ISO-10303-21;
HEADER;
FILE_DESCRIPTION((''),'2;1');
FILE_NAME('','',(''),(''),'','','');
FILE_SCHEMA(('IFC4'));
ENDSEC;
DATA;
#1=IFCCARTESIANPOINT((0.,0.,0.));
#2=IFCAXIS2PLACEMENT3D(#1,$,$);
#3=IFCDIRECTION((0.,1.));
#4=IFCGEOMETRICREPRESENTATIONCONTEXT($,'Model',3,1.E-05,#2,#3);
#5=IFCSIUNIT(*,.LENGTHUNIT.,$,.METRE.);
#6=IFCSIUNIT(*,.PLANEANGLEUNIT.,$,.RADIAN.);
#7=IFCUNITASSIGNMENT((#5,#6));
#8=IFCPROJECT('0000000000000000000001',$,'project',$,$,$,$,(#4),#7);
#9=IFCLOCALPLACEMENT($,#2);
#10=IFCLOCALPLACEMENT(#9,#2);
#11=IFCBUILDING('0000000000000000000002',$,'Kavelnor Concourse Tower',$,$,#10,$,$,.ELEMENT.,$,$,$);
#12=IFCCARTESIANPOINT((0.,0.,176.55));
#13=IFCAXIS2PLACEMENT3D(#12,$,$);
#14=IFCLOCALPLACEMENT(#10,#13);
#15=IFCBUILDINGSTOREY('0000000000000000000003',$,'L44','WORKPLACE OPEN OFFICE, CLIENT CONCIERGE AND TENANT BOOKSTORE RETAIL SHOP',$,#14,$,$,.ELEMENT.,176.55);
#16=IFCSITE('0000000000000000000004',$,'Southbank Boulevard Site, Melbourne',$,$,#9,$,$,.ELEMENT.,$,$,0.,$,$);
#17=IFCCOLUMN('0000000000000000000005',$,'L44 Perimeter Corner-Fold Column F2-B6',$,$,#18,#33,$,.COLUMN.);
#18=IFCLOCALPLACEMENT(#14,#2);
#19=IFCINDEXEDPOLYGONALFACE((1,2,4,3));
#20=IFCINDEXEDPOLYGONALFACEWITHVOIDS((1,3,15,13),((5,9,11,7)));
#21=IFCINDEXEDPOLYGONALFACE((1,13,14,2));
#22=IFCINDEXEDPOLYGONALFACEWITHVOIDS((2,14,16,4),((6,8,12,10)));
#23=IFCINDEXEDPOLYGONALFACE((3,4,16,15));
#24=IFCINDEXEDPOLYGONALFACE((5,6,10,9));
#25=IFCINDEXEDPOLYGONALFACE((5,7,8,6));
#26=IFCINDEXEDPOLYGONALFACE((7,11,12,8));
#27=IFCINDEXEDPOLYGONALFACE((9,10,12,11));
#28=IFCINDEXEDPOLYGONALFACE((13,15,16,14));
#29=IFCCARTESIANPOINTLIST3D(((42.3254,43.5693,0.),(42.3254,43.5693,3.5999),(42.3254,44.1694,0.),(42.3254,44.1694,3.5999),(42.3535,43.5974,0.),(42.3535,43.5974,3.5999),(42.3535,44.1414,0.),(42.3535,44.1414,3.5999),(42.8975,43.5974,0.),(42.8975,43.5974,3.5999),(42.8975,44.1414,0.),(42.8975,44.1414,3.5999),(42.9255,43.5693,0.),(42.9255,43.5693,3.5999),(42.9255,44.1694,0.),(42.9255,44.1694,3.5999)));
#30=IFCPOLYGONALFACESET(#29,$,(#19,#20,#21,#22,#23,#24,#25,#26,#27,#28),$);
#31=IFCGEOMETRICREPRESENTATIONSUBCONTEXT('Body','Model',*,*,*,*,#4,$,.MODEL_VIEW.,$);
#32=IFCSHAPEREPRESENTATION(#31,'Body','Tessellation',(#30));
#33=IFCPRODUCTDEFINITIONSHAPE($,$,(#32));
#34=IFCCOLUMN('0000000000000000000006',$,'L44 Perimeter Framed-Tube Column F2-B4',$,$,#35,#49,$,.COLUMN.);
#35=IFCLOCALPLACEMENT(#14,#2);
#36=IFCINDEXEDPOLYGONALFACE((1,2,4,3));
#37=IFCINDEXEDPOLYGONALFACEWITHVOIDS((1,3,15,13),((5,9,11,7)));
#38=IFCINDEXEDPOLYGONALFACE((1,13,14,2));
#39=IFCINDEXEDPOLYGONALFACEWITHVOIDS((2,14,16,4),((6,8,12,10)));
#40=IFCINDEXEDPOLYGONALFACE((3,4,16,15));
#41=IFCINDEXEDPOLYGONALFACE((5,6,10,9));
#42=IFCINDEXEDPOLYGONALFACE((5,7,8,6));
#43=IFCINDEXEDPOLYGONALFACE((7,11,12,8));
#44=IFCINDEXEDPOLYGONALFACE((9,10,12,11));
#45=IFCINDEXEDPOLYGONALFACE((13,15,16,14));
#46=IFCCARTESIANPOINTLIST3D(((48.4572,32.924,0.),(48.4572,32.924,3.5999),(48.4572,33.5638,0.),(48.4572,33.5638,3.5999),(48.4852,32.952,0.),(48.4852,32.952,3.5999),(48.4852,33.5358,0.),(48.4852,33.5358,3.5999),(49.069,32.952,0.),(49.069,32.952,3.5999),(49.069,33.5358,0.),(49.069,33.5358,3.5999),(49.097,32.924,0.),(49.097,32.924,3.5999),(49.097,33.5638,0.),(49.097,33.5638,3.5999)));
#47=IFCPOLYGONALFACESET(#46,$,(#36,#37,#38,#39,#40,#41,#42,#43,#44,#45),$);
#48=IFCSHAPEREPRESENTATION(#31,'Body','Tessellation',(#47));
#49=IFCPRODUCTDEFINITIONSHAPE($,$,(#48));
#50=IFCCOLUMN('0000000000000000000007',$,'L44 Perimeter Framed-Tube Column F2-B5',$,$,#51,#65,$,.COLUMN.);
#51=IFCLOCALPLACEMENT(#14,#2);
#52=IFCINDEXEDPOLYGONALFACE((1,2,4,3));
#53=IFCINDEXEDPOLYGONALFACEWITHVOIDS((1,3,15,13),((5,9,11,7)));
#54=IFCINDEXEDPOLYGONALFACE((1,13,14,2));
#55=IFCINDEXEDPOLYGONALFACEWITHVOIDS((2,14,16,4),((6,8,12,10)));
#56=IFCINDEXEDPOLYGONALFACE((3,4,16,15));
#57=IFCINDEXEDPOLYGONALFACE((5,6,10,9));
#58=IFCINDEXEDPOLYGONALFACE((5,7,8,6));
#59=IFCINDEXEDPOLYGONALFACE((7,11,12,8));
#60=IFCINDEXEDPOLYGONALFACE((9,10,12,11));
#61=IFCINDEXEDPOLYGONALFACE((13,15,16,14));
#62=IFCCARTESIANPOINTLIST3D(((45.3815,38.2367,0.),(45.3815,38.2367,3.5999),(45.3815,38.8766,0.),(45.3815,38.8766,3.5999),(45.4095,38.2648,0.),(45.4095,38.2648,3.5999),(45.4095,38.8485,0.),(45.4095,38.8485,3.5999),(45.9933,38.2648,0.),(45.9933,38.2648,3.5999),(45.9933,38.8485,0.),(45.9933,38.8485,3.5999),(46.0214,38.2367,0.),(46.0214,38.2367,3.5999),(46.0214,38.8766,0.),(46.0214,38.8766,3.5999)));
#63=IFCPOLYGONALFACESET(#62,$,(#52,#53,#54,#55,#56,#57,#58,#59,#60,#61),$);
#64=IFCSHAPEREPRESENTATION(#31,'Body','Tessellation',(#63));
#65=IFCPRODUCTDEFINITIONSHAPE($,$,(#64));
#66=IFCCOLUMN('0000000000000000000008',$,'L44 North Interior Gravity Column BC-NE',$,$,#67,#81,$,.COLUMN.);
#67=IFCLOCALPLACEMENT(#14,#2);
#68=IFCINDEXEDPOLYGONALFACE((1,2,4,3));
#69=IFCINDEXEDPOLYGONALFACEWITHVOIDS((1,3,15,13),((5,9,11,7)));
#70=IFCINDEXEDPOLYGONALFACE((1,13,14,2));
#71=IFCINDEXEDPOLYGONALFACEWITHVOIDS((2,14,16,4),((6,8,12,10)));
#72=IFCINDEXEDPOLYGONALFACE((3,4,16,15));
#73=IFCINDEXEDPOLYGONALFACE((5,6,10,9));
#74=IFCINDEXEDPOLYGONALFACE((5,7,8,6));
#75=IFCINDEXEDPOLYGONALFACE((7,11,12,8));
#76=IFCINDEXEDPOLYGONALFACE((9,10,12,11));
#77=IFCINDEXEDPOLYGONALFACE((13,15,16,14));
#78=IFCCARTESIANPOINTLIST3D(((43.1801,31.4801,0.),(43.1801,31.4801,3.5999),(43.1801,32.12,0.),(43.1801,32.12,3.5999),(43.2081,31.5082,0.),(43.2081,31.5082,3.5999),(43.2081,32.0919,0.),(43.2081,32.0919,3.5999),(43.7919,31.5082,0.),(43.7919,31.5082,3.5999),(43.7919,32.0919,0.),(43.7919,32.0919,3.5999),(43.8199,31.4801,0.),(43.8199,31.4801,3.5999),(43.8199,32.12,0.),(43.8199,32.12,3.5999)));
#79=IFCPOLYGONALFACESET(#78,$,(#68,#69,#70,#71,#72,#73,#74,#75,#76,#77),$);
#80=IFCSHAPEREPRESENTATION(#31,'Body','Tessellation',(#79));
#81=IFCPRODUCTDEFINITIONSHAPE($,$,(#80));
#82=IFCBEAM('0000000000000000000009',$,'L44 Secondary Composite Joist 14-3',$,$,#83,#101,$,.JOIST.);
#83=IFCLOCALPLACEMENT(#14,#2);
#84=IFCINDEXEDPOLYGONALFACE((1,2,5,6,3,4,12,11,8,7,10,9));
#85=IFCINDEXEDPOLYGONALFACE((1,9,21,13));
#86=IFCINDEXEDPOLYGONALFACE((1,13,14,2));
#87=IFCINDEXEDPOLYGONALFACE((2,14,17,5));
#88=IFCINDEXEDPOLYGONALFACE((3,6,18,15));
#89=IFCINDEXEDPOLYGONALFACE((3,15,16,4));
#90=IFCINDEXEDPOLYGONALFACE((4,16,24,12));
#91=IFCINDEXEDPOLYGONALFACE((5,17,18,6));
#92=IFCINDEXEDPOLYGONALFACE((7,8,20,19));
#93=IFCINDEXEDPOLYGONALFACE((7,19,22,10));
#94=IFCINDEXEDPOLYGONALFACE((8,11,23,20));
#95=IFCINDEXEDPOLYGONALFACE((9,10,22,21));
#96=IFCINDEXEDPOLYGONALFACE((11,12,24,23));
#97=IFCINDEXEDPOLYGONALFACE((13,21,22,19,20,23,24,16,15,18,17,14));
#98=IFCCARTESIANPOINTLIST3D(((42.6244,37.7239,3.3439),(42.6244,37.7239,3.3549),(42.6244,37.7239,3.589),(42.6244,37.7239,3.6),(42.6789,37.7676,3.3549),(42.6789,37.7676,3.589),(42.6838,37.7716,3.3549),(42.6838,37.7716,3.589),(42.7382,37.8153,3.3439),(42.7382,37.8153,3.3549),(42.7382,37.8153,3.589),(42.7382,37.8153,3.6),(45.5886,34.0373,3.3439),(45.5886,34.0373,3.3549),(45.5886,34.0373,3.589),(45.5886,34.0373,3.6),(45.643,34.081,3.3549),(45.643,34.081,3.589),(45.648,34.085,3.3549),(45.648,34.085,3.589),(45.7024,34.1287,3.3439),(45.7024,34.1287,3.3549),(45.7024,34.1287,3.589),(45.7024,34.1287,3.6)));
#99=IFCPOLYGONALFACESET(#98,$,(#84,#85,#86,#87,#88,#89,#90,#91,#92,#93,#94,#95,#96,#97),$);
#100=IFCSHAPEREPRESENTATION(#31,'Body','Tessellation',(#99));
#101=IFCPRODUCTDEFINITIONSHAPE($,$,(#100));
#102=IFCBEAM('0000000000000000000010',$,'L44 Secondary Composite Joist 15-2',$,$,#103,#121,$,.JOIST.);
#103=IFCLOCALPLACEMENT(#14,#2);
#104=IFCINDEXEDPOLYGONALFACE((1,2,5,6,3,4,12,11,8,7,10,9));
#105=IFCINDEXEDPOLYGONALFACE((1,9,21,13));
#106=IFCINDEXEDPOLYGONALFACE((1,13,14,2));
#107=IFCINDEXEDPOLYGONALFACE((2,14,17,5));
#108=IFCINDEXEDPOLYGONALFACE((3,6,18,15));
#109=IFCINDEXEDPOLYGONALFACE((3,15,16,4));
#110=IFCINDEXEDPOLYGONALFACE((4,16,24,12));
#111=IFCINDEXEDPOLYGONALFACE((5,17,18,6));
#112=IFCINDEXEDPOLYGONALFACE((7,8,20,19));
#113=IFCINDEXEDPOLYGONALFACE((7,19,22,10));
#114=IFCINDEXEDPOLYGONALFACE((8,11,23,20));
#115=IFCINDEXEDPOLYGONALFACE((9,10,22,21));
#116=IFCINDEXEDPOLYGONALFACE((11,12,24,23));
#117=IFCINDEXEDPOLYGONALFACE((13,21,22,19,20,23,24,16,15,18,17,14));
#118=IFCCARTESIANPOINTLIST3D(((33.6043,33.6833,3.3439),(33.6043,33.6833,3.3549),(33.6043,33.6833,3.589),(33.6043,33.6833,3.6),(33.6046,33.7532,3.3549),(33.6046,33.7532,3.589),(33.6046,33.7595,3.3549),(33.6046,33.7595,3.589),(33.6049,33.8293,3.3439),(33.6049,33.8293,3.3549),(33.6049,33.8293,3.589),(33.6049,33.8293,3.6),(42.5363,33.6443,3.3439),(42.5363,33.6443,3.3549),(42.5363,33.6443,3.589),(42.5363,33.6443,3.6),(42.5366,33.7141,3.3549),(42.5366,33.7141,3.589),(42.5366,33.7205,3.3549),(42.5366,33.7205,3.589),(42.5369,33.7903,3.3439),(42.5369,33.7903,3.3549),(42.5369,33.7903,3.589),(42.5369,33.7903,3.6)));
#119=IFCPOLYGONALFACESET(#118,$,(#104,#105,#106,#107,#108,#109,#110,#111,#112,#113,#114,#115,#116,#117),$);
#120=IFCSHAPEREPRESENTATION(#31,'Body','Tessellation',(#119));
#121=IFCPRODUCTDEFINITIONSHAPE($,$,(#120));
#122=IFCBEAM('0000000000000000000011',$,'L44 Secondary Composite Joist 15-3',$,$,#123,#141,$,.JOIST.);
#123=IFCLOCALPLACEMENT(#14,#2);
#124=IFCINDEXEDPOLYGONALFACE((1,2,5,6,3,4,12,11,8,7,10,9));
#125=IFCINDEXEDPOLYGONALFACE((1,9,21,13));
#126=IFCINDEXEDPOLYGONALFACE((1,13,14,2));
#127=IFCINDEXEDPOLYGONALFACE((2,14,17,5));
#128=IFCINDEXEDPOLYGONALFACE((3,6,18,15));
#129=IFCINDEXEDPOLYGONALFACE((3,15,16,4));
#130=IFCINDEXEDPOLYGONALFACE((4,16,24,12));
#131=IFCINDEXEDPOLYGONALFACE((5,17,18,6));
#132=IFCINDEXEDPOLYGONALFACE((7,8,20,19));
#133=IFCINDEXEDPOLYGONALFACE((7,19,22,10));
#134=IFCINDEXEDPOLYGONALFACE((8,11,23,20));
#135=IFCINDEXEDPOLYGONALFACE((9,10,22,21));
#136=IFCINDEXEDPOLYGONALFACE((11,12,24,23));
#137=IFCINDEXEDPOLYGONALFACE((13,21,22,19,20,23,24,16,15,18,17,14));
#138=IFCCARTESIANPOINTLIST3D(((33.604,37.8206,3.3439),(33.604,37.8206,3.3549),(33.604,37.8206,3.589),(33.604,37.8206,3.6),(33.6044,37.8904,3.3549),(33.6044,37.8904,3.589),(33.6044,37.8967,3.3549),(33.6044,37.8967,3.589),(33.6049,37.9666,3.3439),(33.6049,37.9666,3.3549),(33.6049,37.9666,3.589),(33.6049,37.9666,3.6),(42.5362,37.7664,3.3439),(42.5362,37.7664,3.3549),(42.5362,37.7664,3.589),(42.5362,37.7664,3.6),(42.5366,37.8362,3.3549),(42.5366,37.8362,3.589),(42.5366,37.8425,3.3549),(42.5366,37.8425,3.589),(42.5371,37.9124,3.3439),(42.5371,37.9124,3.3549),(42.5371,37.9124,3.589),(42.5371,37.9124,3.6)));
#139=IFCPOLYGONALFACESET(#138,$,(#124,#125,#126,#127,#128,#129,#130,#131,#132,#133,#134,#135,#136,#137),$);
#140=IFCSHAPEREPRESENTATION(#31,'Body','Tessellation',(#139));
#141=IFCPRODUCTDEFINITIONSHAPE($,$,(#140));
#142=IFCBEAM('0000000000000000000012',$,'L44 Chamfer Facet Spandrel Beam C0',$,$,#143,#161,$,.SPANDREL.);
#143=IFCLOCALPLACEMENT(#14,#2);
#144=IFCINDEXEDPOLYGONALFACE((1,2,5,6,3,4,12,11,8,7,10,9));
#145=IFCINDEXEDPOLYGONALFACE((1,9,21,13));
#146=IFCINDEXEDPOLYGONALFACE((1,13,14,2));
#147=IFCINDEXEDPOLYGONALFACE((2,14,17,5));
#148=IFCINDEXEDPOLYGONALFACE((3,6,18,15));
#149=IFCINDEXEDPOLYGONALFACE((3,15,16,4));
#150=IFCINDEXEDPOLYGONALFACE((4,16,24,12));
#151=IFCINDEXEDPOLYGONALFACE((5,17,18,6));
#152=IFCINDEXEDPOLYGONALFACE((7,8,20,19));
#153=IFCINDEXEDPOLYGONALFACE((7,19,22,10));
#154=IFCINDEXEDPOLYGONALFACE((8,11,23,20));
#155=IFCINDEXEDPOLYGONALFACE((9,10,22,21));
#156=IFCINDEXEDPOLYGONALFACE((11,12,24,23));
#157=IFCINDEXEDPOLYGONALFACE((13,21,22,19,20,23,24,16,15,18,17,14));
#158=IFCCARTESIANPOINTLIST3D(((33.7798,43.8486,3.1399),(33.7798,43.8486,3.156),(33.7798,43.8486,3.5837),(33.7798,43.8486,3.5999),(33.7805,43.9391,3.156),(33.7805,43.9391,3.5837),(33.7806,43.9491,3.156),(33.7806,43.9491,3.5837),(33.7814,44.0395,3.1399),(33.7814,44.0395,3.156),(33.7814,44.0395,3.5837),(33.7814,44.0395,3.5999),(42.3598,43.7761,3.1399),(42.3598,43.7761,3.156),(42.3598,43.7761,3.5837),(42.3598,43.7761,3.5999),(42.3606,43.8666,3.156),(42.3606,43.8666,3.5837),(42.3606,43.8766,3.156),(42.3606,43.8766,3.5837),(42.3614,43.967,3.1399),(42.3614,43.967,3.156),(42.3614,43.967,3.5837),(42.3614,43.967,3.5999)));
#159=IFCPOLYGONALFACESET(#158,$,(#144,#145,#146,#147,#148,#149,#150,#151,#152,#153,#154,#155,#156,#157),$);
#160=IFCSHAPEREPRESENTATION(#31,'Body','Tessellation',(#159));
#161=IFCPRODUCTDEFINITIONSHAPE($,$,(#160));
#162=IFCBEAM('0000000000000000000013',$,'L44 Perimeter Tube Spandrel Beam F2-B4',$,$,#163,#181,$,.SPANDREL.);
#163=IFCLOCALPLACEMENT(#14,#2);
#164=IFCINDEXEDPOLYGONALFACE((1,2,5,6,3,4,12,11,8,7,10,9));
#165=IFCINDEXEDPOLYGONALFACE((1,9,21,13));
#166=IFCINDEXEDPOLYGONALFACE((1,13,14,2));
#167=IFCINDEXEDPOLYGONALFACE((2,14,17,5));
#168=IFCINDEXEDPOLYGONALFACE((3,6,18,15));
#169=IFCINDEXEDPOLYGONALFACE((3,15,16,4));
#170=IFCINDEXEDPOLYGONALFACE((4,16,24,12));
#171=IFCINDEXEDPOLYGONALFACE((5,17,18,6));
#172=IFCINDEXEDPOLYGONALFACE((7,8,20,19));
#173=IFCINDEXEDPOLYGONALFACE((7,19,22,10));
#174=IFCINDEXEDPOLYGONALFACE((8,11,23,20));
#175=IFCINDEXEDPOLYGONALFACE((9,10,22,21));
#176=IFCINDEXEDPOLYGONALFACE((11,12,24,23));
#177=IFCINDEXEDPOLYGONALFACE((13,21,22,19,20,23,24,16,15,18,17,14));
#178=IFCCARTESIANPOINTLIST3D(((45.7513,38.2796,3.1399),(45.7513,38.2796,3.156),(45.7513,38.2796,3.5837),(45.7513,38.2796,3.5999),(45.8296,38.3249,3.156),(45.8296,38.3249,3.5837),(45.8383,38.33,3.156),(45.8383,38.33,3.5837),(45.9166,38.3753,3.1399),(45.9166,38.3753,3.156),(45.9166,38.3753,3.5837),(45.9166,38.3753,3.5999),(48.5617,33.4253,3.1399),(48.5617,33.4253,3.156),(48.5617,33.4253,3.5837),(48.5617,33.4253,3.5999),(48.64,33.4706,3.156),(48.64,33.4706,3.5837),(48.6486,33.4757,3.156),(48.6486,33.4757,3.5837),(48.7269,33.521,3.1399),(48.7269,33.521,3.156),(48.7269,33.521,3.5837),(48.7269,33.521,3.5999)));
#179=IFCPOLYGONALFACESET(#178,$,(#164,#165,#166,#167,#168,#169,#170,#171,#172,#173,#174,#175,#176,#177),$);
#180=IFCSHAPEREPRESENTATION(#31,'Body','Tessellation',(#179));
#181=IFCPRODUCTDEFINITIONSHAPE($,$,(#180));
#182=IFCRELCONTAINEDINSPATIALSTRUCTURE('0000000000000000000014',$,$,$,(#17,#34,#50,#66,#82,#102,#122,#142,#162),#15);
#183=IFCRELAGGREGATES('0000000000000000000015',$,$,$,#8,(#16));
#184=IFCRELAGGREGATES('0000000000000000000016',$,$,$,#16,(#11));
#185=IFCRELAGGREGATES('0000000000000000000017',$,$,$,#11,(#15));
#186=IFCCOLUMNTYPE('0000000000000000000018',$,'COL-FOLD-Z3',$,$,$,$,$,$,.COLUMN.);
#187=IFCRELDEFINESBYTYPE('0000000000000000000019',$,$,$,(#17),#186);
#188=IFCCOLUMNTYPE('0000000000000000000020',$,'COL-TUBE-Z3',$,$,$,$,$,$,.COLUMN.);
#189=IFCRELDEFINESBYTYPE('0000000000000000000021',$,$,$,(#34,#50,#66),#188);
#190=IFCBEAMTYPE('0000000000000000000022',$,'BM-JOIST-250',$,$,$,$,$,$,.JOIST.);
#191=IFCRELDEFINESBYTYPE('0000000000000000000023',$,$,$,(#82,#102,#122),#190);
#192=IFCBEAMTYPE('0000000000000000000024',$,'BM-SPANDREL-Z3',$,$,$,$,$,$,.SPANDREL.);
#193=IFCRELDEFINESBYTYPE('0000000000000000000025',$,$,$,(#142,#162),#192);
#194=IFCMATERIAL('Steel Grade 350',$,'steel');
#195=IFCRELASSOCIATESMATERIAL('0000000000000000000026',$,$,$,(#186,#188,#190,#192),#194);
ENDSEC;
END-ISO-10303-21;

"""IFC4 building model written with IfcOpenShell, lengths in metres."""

from ifc_helpers import new_model, si_unit, direction, frame, origin, origin_2d, place, context, subcontext, project, spatial, hollow_rectangle, i_section, extrude, material, material_profile, profile_set, type_object, element, save


model = new_model("IFC4")

# Units and contexts
model_context = context("Model", 3, precision=1e-05, world=origin(), true_north=direction((0.0, 1.0)))
body_context = subcontext(model_context, "Body", "Model", "MODEL_VIEW")
ifc_project = project(units=[si_unit("LENGTHUNIT", "METRE"), si_unit("PLANEANGLEUNIT", "RADIAN")], contexts=[model_context])

# Site, building, storey
site_placement = place(None, origin())
site = spatial("IfcSite", under=ifc_project, at=site_placement, Name="Southbank Boulevard Site, Melbourne", CompositionType="ELEMENT", RefElevation=0.0)
building_placement = place(site_placement, origin())
building = spatial("IfcBuilding", under=site, at=building_placement, Name="Kavelnor Concourse Tower", CompositionType="ELEMENT")
storey_placement = place(building_placement, frame((0.0, 0.0, 176.55)))
storey = spatial("IfcBuildingStorey", under=building, at=storey_placement, Name="L44", Description="WORKPLACE OPEN OFFICE, CLIENT CONCIERGE AND TENANT BOOKSTORE RETAIL SHOP", CompositionType="ELEMENT", Elevation=176.55)

# Columns
ifc_material_1 = material(Name="Steel Grade 350", Category="steel")
ifc_material_profile_1 = material_profile(ifc_material_1, hollow_rectangle(XDim=0.6001, YDim=0.6001, WallThickness=0.0281, at=origin_2d()), Name="SHS 600x600x28")
ifc_profile_set_1 = profile_set([ifc_material_profile_1], Name="Steel Grade 350")
column_type_1 = type_object("IfcColumnType", Name="COL-FOLD-Z3", PredefinedType="COLUMN", material=ifc_profile_set_1)
column_placement = place(storey_placement, frame((42.6255, 43.8694, 0.0), z_axis=(0.0, 0.0, 1.0), x_axis=(1.0, 0.0, 0.0)))
element("IfcColumn", 1, at=column_placement, inside=storey, type_object=column_type_1, Name="L44 Perimeter Corner-Fold Column F2-B6", PredefinedType="COLUMN", context=body_context, shape_type="SweptSolid", body=[
    extrude(hollow_rectangle(XDim=0.6001, YDim=0.6001, WallThickness=0.0281, at=origin_2d()), origin(), (0.0, 0.0, 1.0), 3.5999),
])
ifc_material_profile_2 = material_profile(ifc_material_1, hollow_rectangle(XDim=0.6399, YDim=0.6399, WallThickness=0.0281, at=origin_2d()), Name="SHS 640x640x28")
ifc_profile_set_2 = profile_set([ifc_material_profile_2], Name="Steel Grade 350")
column_type_2 = type_object("IfcColumnType", Name="COL-TUBE-Z3", PredefinedType="COLUMN", material=ifc_profile_set_2)
for number, where, z_axis, x_axis, name in (
    (2, (48.7771, 33.2439, 0.0), (0.0, 0.0, 1.0), (1.0, 0.0, 0.0), "L44 Perimeter Framed-Tube Column F2-B4"),
    (3, (45.7014, 38.5566, 0.0), (0.0, 0.0, 1.0), (1.0, 0.0, 0.0), "L44 Perimeter Framed-Tube Column F2-B5"),
    (4, (43.5, 31.8, 0.0), (0.0, 0.0, 1.0), (1.0, 0.0, 0.0), "L44 North Interior Gravity Column BC-NE"),
):
    element("IfcColumn", number, at=place(storey_placement, frame(where, z_axis=z_axis, x_axis=x_axis)), inside=storey, type_object=column_type_2, Name=name, PredefinedType="COLUMN", context=body_context, shape_type="SweptSolid", body=[
        extrude(hollow_rectangle(XDim=0.6399, YDim=0.6399, WallThickness=0.0281, at=origin_2d()), origin(), (0.0, 0.0, 1.0), 3.5999),
    ])

# Beams
ifc_material_profile_3 = material_profile(ifc_material_1, i_section(OverallWidth=0.146, OverallDepth=0.2561, WebThickness=0.0063, FlangeThickness=0.011, at=origin_2d()), Name="250UB37")
ifc_profile_set_3 = profile_set([ifc_material_profile_3], Name="Steel Grade 350")
beam_type_1 = type_object("IfcBeamType", Name="BM-JOIST-250", PredefinedType="JOIST", material=ifc_profile_set_3)
beam_1_placement = place(storey_placement, frame((45.6455, 34.083, 3.4719), z_axis=(-0.626613, 0.779331, 0.0), x_axis=(-0.779331, -0.626613, 0.0)))
element("IfcBeam", 5, at=beam_1_placement, inside=storey, type_object=beam_type_1, Name="L44 Secondary Composite Joist 14-3", PredefinedType="JOIST", context=body_context, shape_type="SweptSolid", body=[
    extrude(i_section(OverallWidth=0.146, OverallDepth=0.2561, WebThickness=0.0063, FlangeThickness=0.011, at=origin_2d()), origin(), (0.0, 0.0, 1.0), 4.7305),
])
beam_2_placement = place(storey_placement, frame((42.5366, 33.7173, 3.4719), z_axis=(-0.99999, 0.004373, 0.0), x_axis=(-0.004373, -0.99999, 0.0)))
element("IfcBeam", 6, at=beam_2_placement, inside=storey, type_object=beam_type_1, Name="L44 Secondary Composite Joist 15-2", PredefinedType="JOIST", context=body_context, shape_type="SweptSolid", body=[
    extrude(i_section(OverallWidth=0.146, OverallDepth=0.2561, WebThickness=0.0063, FlangeThickness=0.011, at=origin_2d()), origin(), (0.0, 0.0, 1.0), 8.9321),
])
beam_3_placement = place(storey_placement, frame((42.5366, 37.8394, 3.4719), z_axis=(-0.999982, 0.006068, 0.0), x_axis=(-0.006068, -0.999982, 0.0)))
element("IfcBeam", 7, at=beam_3_placement, inside=storey, type_object=beam_type_1, Name="L44 Secondary Composite Joist 15-3", PredefinedType="JOIST", context=body_context, shape_type="SweptSolid", body=[
    extrude(i_section(OverallWidth=0.146, OverallDepth=0.2561, WebThickness=0.0063, FlangeThickness=0.011, at=origin_2d()), origin(), (0.0, 0.0, 1.0), 8.9324),
])
ifc_material_profile_4 = material_profile(ifc_material_1, i_section(OverallWidth=0.1909, OverallDepth=0.46, WebThickness=0.01, FlangeThickness=0.0161, at=origin_2d()), Name="460UB82")
ifc_profile_set_4 = profile_set([ifc_material_profile_4], Name="Steel Grade 350")
beam_type_2 = type_object("IfcBeamType", Name="BM-SPANDREL-Z3", PredefinedType="SPANDREL", material=ifc_profile_set_4)
beam_4_placement = place(storey_placement, frame((42.3606, 43.8716, 3.3699), z_axis=(-0.999964, 0.008451, 0.0), x_axis=(-0.008451, -0.999964, 0.0)))
element("IfcBeam", 8, at=beam_4_placement, inside=storey, type_object=beam_type_2, Name="L44 Chamfer Facet Spandrel Beam C0", PredefinedType="SPANDREL", context=body_context, shape_type="SweptSolid", body=[
    extrude(i_section(OverallWidth=0.1909, OverallDepth=0.46, WebThickness=0.01, FlangeThickness=0.0161, at=origin_2d()), origin(), (0.0, 0.0, 1.0), 8.5803),
])
for number, where, z_axis, x_axis, name in (
    (9, (48.6443, 33.4731, 3.3699), (-0.501029, 0.86543, 0.0), (-0.86543, -0.501029, 0.0), "L44 Perimeter Tube Spandrel Beam F2-B4"),
):
    element("IfcBeam", number, at=place(storey_placement, frame(where, z_axis=z_axis, x_axis=x_axis)), inside=storey, type_object=beam_type_2, Name=name, PredefinedType="SPANDREL", context=body_context, shape_type="SweptSolid", body=[
        extrude(i_section(OverallWidth=0.1909, OverallDepth=0.46, WebThickness=0.01, FlangeThickness=0.0161, at=origin_2d()), origin(), (0.0, 0.0, 1.0), 5.6091),
    ])

save(model, "model.ifc")
